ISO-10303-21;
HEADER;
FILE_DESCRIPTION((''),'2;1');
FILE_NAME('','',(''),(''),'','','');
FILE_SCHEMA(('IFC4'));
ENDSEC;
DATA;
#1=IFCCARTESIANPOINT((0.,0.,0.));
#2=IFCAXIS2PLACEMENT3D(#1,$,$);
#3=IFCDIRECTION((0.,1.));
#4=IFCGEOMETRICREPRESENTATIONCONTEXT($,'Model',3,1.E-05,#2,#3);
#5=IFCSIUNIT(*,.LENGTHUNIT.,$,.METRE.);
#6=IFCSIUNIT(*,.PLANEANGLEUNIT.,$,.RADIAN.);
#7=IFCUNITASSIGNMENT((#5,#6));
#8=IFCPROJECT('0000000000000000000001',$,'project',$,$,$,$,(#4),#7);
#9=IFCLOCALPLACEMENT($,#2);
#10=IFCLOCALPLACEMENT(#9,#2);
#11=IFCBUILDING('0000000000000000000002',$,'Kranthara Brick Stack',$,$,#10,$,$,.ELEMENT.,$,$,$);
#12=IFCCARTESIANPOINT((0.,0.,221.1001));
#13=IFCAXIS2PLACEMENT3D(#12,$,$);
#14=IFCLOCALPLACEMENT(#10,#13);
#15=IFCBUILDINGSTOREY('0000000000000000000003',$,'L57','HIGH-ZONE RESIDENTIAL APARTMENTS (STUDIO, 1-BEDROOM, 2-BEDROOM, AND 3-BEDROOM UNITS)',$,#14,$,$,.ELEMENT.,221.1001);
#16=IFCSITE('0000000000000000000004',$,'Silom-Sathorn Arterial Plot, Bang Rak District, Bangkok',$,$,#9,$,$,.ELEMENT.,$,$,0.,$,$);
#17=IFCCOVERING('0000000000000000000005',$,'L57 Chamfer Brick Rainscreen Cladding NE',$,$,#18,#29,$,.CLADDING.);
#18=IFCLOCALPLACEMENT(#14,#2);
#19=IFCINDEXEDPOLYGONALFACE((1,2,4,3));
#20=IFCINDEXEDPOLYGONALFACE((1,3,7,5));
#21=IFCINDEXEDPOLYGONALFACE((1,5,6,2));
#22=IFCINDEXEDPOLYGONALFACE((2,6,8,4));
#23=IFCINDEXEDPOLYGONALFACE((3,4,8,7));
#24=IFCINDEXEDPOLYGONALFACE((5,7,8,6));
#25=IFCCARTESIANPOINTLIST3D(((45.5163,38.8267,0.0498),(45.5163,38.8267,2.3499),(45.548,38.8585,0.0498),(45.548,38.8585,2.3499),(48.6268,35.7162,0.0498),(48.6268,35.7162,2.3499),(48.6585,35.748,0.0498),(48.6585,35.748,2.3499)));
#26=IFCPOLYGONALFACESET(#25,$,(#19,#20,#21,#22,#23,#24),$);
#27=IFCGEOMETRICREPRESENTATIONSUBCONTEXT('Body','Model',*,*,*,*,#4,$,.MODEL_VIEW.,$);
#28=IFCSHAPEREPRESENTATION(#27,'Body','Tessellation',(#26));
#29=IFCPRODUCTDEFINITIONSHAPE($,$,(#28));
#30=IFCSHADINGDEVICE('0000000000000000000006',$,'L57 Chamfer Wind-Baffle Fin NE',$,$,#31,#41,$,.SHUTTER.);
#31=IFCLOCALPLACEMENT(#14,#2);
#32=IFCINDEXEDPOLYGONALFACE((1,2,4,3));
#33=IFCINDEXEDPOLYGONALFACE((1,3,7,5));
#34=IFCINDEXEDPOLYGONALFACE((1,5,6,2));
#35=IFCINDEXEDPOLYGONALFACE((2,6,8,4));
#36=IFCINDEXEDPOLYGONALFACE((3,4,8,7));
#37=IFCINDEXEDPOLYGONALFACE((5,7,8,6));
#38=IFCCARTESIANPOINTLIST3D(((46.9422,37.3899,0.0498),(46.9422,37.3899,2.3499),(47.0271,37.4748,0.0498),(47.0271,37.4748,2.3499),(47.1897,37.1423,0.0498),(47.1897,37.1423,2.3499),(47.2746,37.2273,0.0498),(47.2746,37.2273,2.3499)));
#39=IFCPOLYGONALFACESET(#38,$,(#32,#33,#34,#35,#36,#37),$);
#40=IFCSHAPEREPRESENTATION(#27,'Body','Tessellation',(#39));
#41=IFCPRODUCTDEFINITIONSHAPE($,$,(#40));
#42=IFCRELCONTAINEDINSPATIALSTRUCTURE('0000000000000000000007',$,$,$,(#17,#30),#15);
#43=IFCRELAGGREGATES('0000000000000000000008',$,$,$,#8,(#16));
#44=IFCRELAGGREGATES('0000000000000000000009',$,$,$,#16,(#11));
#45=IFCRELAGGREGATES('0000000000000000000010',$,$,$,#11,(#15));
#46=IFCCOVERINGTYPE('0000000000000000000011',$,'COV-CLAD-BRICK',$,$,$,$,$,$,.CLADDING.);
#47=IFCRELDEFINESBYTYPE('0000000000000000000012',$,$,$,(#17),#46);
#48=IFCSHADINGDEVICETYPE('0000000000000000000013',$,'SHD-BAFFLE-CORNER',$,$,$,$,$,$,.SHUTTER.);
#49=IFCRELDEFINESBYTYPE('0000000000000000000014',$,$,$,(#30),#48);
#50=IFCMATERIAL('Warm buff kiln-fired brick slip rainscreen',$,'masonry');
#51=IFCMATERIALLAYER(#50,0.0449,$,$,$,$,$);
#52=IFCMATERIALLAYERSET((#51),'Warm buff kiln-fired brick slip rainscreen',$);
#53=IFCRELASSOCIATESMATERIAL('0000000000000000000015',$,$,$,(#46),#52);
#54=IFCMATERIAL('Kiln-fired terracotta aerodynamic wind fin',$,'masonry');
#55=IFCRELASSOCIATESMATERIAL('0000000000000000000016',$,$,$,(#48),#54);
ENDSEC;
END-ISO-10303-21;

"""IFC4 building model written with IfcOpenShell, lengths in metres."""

from ifc_helpers import new_model, si_unit, direction, frame, origin, origin_2d, place, context, subcontext, project, spatial, rectangle, extrude, material, layer, layer_set, type_object, element, save


model = new_model("IFC4")

# Units and contexts
model_context = context("Model", 3, precision=1e-05, world=origin(), true_north=direction((0.0, 1.0)))
body_context = subcontext(model_context, "Body", "Model", "MODEL_VIEW")
ifc_project = project(units=[si_unit("LENGTHUNIT", "METRE"), si_unit("PLANEANGLEUNIT", "RADIAN")], contexts=[model_context])

# Site, building, storey
site_placement = place(None, origin())
site = spatial("IfcSite", under=ifc_project, at=site_placement, Name="Silom-Sathorn Arterial Plot, Bang Rak District, Bangkok", CompositionType="ELEMENT", RefElevation=0.0)
building_placement = place(site_placement, origin())
building = spatial("IfcBuilding", under=site, at=building_placement, Name="Kranthara Brick Stack", CompositionType="ELEMENT")
storey_placement = place(building_placement, frame((0.0, 0.0, 221.1001)))
storey = spatial("IfcBuildingStorey", under=building, at=storey_placement, Name="L57", Description="HIGH-ZONE RESIDENTIAL APARTMENTS (STUDIO, 1-BEDROOM, 2-BEDROOM, AND 3-BEDROOM UNITS)", CompositionType="ELEMENT", Elevation=221.1001)

# Covering
ifc_material_1 = material(Name="Warm buff kiln-fired brick slip rainscreen", Category="masonry")
ifc_layer_1 = layer(ifc_material_1, 0.0449)
ifc_layer_set_1 = layer_set([ifc_layer_1], Name="Warm buff kiln-fired brick slip rainscreen")
covering_type = type_object("IfcCoveringType", Name="COV-CLAD-BRICK", PredefinedType="CLADDING", material=ifc_layer_set_1)
covering_placement = place(storey_placement, frame((47.0874, 37.2874, 0.0498), z_axis=(0.0, 0.0, 1.0), x_axis=(0.707107, -0.707107, 0.0)))
element("IfcCovering", 1, at=covering_placement, inside=storey, type_object=covering_type, Name="L57 Chamfer Brick Rainscreen Cladding NE", PredefinedType="CLADDING", context=body_context, shape_type="SweptSolid", body=[
    extrude(rectangle(XDim=4.3989, YDim=0.0449, at=origin_2d()), origin(), (0.0, 0.0, 1.0), 2.3),
])

# Shading device
ifc_material_2 = material(Name="Kiln-fired terracotta aerodynamic wind fin", Category="masonry")
shading_device_type = type_object("IfcShadingDeviceType", Name="SHD-BAFFLE-CORNER", PredefinedType="SHUTTER", material=ifc_material_2)
shading_device_placement = place(storey_placement, frame((47.1084, 37.3086, 0.0498), z_axis=(0.0, 0.0, 1.0), x_axis=(0.707107, -0.707107, 0.0)))
element("IfcShadingDevice", 2, at=shading_device_placement, inside=storey, type_object=shading_device_type, Name="L57 Chamfer Wind-Baffle Fin NE", PredefinedType="SHUTTER", context=body_context, shape_type="SweptSolid", body=[
    extrude(rectangle(XDim=0.3501, YDim=0.1201, at=origin_2d()), origin(), (0.0, 0.0, 1.0), 2.3),
])

save(model, "model.ifc")
